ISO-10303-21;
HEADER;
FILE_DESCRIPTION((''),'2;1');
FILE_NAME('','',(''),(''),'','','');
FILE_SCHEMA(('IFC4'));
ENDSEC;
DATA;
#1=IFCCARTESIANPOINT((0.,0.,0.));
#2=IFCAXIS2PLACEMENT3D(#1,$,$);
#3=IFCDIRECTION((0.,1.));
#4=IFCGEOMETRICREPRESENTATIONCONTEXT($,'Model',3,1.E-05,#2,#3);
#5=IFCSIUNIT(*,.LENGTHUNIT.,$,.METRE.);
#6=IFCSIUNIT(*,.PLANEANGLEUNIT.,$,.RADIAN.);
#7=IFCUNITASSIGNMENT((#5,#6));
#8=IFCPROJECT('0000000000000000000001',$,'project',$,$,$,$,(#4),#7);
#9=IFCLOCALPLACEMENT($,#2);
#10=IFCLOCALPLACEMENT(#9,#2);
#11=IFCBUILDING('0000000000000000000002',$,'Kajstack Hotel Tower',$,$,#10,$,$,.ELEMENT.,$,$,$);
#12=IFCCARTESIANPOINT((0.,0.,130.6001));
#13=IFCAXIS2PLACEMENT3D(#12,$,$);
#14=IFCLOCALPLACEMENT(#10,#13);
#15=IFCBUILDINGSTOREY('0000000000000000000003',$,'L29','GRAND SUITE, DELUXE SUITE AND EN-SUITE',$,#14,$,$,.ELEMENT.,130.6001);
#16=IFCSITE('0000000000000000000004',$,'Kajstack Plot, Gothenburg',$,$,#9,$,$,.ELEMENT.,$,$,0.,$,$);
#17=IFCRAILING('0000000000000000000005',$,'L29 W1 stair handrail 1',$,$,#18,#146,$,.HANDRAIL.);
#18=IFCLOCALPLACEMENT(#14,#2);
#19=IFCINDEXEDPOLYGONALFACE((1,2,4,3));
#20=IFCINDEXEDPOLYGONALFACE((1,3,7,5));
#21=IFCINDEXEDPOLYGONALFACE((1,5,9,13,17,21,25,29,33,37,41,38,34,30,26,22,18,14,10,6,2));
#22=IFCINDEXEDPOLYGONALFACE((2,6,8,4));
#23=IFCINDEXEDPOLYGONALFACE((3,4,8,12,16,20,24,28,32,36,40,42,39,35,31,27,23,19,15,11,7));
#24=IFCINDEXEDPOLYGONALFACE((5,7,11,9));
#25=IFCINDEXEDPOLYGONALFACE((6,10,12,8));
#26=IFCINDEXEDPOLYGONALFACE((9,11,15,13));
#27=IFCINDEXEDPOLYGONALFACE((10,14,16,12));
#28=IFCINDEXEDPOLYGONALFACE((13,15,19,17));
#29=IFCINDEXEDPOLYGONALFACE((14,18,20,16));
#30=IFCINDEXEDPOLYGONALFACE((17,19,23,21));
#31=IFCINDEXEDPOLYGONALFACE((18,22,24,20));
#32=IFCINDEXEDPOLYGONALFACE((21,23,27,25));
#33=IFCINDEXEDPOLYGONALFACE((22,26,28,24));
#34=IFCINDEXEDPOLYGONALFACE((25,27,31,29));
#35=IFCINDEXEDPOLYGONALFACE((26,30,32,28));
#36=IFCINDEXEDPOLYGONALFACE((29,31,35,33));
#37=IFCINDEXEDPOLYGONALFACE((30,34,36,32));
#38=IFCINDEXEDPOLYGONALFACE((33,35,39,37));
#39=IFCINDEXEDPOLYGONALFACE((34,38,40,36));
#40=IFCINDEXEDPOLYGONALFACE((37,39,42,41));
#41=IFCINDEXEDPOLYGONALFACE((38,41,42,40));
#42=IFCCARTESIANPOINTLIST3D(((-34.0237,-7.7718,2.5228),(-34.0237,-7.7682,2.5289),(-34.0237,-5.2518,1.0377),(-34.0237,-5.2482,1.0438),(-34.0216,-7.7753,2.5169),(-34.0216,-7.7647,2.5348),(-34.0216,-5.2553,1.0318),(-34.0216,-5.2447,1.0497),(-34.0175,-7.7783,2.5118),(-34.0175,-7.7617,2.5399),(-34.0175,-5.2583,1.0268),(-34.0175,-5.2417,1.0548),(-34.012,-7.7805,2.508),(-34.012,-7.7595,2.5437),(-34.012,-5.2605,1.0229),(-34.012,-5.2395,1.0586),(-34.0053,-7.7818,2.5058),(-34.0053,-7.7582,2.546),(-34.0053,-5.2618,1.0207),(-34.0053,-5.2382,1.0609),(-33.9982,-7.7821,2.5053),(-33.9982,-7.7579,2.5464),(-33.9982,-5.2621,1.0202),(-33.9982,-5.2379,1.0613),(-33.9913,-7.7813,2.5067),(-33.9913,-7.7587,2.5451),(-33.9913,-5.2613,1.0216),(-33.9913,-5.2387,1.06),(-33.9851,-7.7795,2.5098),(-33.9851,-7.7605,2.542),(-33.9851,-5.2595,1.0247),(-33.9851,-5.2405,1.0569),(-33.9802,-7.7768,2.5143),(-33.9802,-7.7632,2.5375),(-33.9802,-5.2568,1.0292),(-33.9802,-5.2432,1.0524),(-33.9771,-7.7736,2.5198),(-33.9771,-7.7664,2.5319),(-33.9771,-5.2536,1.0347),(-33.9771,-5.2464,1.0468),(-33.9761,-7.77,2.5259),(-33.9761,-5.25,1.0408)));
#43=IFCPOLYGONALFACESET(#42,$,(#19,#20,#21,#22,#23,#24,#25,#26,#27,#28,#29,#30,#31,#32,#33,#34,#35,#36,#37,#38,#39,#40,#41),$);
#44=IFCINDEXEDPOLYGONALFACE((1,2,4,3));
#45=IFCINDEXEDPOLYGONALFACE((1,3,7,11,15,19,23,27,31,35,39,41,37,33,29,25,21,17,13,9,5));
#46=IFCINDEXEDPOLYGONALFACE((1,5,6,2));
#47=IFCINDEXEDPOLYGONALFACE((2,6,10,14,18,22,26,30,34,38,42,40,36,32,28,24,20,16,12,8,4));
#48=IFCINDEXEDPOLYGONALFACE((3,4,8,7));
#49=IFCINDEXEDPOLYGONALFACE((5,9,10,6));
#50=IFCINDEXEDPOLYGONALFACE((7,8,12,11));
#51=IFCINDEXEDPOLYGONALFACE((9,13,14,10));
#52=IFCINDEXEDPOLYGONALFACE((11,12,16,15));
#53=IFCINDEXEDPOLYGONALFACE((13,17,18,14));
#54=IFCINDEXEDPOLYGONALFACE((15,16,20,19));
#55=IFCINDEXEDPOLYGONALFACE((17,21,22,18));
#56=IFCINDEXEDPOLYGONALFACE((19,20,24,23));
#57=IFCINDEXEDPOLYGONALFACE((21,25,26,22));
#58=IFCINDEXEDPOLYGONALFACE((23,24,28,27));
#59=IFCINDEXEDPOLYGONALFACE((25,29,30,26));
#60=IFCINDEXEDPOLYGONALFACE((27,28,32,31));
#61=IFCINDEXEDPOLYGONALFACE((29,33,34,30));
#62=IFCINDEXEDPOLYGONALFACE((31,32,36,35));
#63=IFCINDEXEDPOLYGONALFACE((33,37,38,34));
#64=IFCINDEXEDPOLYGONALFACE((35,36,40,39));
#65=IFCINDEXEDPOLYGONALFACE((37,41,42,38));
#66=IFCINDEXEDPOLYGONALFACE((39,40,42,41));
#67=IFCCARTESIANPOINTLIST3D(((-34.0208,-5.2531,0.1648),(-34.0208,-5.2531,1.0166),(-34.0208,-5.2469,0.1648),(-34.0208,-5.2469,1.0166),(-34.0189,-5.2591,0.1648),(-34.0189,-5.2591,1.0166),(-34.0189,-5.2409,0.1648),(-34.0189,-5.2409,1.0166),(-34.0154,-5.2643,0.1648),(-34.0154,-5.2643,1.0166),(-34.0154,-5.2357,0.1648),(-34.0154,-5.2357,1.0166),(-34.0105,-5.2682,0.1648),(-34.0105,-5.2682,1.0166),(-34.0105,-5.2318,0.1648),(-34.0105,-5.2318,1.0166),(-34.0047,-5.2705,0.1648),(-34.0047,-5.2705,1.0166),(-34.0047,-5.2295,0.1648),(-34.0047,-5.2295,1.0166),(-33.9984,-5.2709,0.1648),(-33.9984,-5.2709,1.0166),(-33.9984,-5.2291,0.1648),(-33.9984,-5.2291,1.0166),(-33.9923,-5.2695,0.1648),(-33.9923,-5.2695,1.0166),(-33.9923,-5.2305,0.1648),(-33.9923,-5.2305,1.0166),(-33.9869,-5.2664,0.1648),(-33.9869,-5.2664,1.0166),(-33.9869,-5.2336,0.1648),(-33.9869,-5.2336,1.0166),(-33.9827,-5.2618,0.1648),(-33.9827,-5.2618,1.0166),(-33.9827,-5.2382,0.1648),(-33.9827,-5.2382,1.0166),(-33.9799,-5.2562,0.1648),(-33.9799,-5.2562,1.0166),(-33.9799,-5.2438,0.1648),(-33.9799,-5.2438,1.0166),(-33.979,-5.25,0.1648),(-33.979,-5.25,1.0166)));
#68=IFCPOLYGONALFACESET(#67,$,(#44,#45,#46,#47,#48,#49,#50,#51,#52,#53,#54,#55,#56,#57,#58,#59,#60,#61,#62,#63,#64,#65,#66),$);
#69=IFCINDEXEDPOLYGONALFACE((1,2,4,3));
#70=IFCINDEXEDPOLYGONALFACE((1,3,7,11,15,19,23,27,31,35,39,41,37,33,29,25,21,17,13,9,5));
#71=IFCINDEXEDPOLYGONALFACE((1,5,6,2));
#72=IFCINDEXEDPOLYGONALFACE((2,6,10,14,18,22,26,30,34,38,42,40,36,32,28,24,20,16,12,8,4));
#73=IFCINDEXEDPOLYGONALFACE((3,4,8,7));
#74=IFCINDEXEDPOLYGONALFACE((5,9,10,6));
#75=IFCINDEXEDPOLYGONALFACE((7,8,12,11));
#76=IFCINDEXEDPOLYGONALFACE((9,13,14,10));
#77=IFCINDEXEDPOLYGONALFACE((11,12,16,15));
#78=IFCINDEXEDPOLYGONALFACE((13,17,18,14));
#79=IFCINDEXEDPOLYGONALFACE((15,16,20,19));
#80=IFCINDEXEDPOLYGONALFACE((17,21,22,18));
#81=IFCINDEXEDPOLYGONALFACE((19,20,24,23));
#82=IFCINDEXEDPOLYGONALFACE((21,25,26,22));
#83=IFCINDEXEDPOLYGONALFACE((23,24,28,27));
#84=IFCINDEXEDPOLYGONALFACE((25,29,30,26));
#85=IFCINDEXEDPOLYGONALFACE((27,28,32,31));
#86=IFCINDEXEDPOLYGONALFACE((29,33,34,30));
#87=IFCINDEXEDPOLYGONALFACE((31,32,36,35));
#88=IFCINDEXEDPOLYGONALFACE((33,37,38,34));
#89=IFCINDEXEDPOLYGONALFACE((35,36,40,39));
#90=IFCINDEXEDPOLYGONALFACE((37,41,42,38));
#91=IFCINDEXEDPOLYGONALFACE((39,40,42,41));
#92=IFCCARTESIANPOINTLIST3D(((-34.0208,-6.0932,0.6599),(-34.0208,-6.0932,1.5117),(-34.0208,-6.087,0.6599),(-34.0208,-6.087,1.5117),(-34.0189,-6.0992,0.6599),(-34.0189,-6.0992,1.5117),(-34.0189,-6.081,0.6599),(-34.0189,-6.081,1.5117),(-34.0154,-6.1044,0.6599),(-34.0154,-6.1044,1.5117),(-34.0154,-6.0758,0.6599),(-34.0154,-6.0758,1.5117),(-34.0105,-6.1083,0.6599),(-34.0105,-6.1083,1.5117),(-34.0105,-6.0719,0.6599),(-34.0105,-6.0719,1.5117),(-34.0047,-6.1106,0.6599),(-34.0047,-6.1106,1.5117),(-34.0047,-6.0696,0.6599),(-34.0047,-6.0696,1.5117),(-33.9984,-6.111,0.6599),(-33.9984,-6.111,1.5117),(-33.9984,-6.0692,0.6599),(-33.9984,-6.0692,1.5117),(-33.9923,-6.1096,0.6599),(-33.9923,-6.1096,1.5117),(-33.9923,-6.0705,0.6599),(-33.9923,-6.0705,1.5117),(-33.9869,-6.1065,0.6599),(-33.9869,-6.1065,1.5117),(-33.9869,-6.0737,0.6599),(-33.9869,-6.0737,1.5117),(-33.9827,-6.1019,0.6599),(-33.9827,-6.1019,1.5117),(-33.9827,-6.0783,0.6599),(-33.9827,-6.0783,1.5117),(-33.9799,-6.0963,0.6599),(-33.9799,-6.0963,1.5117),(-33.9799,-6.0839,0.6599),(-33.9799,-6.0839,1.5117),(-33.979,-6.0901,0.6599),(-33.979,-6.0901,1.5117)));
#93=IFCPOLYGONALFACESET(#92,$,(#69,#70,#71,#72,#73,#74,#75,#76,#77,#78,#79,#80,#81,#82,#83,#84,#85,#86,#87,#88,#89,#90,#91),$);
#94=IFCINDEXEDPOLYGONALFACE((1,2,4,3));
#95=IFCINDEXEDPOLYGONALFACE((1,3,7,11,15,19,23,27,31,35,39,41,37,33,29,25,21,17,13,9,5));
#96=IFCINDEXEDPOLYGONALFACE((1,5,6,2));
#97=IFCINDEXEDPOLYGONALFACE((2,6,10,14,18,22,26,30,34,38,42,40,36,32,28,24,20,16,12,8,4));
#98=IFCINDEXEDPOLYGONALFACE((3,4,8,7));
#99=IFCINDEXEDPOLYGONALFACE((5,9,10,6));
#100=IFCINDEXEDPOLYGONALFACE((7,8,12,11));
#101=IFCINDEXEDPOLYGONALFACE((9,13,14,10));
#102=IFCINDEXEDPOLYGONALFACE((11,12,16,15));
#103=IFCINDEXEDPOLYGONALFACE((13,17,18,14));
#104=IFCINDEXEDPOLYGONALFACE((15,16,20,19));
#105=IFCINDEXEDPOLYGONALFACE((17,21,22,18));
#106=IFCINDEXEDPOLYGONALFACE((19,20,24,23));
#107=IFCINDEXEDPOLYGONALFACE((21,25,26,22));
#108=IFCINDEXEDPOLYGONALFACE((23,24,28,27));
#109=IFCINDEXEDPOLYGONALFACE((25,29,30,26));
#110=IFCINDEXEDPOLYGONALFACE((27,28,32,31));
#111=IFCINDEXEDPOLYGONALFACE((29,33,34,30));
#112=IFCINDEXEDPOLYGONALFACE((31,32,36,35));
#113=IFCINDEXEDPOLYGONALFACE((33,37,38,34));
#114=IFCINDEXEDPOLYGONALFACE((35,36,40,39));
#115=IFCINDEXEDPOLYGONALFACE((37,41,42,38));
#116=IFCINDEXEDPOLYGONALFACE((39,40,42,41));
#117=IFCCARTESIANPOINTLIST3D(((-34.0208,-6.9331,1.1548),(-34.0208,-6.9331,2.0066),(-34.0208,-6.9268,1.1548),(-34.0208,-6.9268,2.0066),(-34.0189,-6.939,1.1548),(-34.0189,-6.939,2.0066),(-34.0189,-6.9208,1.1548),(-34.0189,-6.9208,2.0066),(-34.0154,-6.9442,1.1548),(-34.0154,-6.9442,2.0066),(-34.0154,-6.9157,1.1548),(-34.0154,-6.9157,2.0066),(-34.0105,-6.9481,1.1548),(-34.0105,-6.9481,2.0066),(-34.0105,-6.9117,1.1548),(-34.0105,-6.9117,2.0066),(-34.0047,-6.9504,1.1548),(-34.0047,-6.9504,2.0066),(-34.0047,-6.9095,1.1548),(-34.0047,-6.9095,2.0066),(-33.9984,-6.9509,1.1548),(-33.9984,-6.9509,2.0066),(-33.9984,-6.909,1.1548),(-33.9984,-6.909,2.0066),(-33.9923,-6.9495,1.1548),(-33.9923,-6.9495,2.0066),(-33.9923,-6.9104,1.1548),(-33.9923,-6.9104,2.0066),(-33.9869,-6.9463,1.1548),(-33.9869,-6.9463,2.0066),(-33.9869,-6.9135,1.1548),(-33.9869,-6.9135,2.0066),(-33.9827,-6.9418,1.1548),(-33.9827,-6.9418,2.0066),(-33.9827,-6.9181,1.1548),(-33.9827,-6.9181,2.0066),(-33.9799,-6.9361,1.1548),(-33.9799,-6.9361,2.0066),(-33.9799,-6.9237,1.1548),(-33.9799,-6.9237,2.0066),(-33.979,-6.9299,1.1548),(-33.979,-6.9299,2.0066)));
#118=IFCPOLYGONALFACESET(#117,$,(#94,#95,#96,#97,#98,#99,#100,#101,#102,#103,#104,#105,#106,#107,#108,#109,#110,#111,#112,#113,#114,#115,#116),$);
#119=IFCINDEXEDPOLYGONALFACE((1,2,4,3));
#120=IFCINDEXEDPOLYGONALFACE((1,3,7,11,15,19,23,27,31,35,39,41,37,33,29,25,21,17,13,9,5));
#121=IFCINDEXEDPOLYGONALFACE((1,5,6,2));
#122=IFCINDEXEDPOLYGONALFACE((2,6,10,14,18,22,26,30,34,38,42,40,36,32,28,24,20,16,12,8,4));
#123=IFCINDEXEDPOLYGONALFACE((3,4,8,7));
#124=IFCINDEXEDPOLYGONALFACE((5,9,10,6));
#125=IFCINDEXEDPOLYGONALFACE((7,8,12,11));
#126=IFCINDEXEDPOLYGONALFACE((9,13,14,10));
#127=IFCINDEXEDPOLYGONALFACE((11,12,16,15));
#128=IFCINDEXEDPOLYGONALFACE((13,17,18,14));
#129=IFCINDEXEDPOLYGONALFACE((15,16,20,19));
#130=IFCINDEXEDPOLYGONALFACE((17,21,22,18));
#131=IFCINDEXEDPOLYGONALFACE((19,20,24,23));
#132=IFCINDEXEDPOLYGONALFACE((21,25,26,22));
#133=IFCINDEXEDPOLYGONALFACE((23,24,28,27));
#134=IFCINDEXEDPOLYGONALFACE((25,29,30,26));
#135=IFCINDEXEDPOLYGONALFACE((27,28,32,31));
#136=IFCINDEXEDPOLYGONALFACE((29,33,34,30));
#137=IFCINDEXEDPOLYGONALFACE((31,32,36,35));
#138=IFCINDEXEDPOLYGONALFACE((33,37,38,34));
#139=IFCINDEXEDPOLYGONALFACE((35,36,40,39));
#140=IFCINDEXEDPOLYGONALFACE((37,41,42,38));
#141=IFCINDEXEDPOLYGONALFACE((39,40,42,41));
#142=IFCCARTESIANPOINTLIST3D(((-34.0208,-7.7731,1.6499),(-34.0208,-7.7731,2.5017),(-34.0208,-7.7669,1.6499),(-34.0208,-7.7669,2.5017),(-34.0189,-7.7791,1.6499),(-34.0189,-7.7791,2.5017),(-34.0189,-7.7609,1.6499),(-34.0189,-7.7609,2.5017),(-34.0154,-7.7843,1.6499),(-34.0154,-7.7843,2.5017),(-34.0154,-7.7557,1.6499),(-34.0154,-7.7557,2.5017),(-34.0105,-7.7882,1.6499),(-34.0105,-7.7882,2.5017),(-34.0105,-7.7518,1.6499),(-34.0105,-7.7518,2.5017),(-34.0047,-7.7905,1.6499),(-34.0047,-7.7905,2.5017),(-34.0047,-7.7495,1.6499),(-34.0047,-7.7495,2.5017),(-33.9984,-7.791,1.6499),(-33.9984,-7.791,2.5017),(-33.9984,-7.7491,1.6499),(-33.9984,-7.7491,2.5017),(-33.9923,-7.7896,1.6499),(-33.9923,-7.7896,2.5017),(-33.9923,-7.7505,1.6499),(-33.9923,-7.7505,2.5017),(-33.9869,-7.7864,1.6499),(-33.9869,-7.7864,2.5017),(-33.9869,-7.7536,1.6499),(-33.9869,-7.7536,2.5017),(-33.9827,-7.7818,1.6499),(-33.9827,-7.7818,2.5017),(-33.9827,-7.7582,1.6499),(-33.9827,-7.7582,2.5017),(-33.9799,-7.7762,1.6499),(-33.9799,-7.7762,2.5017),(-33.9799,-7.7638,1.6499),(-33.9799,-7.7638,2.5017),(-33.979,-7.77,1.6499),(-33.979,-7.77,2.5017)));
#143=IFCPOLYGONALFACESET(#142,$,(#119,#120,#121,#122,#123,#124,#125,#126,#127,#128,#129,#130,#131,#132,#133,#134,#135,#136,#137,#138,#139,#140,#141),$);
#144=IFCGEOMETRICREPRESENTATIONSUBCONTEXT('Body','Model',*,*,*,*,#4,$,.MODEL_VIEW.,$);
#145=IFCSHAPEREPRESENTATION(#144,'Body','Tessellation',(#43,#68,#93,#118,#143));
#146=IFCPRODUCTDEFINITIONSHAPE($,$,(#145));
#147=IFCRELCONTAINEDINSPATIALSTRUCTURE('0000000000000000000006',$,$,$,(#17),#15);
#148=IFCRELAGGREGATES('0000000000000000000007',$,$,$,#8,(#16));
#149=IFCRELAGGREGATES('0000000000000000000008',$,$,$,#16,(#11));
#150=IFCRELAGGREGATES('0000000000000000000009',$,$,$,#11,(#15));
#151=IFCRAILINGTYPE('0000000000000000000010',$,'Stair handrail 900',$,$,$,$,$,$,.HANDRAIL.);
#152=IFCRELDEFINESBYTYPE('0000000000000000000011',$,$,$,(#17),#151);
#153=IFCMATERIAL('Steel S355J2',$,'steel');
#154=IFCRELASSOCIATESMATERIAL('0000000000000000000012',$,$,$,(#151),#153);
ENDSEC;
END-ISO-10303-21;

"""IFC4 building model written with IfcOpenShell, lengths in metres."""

from ifc_helpers import new_model, si_unit, direction, frame, origin, origin_2d, place, context, subcontext, project, spatial, circle, extrude, material, type_object, element, save


model = new_model("IFC4")

# Units and contexts
model_context = context("Model", 3, precision=1e-05, world=origin(), true_north=direction((0.0, 1.0)))
body_context = subcontext(model_context, "Body", "Model", "MODEL_VIEW")
ifc_project = project(units=[si_unit("LENGTHUNIT", "METRE"), si_unit("PLANEANGLEUNIT", "RADIAN")], contexts=[model_context])

# Site, building, storey
site_placement = place(None, origin())
site = spatial("IfcSite", under=ifc_project, at=site_placement, Name="Kajstack Plot, Gothenburg", CompositionType="ELEMENT", RefElevation=0.0)
building_placement = place(site_placement, origin())
building = spatial("IfcBuilding", under=site, at=building_placement, Name="Kajstack Hotel Tower", CompositionType="ELEMENT")
storey_placement = place(building_placement, frame((0.0, 0.0, 130.6001)))
storey = spatial("IfcBuildingStorey", under=building, at=storey_placement, Name="L29", Description="GRAND SUITE, DELUXE SUITE AND EN-SUITE", CompositionType="ELEMENT", Elevation=130.6001)

# Railing
ifc_material_1 = material(Name="Steel S355J2", Category="steel")
railing_type_1 = type_object("IfcRailingType", Name="Stair handrail 900", PredefinedType="HANDRAIL", material=ifc_material_1)
railing_1_placement = place(storey_placement, frame((-34.0, -5.25, 0.1648)))
element("IfcRailing", 1, at=railing_1_placement, inside=storey, type_object=railing_type_1, Name="L29 W1 stair handrail 1", PredefinedType="HANDRAIL", context=body_context, shape_type="SweptSolid", body=[
    extrude(circle(Radius=0.0239, at=origin_2d()), frame((0.0, 0.0, 0.876), z_axis=(0.0, -0.861524, 0.507717), x_axis=(1.0, 0.0, 0.0)), (0.0, 0.0, 1.0), 2.925),
    extrude(circle(Radius=0.021, at=origin_2d()), origin(), (0.0, 0.0, 1.0), 0.8518),
    extrude(circle(Radius=0.021, at=origin_2d()), frame((0.0, -0.8401, 0.4951)), (0.0, 0.0, 1.0), 0.8518),
    extrude(circle(Radius=0.021, at=origin_2d()), frame((0.0, -1.6799, 0.99)), (0.0, 0.0, 1.0), 0.8518),
    extrude(circle(Radius=0.021, at=origin_2d()), frame((0.0, -2.52, 1.4851)), (0.0, 0.0, 1.0), 0.8518),
])

save(model, "model.ifc")
